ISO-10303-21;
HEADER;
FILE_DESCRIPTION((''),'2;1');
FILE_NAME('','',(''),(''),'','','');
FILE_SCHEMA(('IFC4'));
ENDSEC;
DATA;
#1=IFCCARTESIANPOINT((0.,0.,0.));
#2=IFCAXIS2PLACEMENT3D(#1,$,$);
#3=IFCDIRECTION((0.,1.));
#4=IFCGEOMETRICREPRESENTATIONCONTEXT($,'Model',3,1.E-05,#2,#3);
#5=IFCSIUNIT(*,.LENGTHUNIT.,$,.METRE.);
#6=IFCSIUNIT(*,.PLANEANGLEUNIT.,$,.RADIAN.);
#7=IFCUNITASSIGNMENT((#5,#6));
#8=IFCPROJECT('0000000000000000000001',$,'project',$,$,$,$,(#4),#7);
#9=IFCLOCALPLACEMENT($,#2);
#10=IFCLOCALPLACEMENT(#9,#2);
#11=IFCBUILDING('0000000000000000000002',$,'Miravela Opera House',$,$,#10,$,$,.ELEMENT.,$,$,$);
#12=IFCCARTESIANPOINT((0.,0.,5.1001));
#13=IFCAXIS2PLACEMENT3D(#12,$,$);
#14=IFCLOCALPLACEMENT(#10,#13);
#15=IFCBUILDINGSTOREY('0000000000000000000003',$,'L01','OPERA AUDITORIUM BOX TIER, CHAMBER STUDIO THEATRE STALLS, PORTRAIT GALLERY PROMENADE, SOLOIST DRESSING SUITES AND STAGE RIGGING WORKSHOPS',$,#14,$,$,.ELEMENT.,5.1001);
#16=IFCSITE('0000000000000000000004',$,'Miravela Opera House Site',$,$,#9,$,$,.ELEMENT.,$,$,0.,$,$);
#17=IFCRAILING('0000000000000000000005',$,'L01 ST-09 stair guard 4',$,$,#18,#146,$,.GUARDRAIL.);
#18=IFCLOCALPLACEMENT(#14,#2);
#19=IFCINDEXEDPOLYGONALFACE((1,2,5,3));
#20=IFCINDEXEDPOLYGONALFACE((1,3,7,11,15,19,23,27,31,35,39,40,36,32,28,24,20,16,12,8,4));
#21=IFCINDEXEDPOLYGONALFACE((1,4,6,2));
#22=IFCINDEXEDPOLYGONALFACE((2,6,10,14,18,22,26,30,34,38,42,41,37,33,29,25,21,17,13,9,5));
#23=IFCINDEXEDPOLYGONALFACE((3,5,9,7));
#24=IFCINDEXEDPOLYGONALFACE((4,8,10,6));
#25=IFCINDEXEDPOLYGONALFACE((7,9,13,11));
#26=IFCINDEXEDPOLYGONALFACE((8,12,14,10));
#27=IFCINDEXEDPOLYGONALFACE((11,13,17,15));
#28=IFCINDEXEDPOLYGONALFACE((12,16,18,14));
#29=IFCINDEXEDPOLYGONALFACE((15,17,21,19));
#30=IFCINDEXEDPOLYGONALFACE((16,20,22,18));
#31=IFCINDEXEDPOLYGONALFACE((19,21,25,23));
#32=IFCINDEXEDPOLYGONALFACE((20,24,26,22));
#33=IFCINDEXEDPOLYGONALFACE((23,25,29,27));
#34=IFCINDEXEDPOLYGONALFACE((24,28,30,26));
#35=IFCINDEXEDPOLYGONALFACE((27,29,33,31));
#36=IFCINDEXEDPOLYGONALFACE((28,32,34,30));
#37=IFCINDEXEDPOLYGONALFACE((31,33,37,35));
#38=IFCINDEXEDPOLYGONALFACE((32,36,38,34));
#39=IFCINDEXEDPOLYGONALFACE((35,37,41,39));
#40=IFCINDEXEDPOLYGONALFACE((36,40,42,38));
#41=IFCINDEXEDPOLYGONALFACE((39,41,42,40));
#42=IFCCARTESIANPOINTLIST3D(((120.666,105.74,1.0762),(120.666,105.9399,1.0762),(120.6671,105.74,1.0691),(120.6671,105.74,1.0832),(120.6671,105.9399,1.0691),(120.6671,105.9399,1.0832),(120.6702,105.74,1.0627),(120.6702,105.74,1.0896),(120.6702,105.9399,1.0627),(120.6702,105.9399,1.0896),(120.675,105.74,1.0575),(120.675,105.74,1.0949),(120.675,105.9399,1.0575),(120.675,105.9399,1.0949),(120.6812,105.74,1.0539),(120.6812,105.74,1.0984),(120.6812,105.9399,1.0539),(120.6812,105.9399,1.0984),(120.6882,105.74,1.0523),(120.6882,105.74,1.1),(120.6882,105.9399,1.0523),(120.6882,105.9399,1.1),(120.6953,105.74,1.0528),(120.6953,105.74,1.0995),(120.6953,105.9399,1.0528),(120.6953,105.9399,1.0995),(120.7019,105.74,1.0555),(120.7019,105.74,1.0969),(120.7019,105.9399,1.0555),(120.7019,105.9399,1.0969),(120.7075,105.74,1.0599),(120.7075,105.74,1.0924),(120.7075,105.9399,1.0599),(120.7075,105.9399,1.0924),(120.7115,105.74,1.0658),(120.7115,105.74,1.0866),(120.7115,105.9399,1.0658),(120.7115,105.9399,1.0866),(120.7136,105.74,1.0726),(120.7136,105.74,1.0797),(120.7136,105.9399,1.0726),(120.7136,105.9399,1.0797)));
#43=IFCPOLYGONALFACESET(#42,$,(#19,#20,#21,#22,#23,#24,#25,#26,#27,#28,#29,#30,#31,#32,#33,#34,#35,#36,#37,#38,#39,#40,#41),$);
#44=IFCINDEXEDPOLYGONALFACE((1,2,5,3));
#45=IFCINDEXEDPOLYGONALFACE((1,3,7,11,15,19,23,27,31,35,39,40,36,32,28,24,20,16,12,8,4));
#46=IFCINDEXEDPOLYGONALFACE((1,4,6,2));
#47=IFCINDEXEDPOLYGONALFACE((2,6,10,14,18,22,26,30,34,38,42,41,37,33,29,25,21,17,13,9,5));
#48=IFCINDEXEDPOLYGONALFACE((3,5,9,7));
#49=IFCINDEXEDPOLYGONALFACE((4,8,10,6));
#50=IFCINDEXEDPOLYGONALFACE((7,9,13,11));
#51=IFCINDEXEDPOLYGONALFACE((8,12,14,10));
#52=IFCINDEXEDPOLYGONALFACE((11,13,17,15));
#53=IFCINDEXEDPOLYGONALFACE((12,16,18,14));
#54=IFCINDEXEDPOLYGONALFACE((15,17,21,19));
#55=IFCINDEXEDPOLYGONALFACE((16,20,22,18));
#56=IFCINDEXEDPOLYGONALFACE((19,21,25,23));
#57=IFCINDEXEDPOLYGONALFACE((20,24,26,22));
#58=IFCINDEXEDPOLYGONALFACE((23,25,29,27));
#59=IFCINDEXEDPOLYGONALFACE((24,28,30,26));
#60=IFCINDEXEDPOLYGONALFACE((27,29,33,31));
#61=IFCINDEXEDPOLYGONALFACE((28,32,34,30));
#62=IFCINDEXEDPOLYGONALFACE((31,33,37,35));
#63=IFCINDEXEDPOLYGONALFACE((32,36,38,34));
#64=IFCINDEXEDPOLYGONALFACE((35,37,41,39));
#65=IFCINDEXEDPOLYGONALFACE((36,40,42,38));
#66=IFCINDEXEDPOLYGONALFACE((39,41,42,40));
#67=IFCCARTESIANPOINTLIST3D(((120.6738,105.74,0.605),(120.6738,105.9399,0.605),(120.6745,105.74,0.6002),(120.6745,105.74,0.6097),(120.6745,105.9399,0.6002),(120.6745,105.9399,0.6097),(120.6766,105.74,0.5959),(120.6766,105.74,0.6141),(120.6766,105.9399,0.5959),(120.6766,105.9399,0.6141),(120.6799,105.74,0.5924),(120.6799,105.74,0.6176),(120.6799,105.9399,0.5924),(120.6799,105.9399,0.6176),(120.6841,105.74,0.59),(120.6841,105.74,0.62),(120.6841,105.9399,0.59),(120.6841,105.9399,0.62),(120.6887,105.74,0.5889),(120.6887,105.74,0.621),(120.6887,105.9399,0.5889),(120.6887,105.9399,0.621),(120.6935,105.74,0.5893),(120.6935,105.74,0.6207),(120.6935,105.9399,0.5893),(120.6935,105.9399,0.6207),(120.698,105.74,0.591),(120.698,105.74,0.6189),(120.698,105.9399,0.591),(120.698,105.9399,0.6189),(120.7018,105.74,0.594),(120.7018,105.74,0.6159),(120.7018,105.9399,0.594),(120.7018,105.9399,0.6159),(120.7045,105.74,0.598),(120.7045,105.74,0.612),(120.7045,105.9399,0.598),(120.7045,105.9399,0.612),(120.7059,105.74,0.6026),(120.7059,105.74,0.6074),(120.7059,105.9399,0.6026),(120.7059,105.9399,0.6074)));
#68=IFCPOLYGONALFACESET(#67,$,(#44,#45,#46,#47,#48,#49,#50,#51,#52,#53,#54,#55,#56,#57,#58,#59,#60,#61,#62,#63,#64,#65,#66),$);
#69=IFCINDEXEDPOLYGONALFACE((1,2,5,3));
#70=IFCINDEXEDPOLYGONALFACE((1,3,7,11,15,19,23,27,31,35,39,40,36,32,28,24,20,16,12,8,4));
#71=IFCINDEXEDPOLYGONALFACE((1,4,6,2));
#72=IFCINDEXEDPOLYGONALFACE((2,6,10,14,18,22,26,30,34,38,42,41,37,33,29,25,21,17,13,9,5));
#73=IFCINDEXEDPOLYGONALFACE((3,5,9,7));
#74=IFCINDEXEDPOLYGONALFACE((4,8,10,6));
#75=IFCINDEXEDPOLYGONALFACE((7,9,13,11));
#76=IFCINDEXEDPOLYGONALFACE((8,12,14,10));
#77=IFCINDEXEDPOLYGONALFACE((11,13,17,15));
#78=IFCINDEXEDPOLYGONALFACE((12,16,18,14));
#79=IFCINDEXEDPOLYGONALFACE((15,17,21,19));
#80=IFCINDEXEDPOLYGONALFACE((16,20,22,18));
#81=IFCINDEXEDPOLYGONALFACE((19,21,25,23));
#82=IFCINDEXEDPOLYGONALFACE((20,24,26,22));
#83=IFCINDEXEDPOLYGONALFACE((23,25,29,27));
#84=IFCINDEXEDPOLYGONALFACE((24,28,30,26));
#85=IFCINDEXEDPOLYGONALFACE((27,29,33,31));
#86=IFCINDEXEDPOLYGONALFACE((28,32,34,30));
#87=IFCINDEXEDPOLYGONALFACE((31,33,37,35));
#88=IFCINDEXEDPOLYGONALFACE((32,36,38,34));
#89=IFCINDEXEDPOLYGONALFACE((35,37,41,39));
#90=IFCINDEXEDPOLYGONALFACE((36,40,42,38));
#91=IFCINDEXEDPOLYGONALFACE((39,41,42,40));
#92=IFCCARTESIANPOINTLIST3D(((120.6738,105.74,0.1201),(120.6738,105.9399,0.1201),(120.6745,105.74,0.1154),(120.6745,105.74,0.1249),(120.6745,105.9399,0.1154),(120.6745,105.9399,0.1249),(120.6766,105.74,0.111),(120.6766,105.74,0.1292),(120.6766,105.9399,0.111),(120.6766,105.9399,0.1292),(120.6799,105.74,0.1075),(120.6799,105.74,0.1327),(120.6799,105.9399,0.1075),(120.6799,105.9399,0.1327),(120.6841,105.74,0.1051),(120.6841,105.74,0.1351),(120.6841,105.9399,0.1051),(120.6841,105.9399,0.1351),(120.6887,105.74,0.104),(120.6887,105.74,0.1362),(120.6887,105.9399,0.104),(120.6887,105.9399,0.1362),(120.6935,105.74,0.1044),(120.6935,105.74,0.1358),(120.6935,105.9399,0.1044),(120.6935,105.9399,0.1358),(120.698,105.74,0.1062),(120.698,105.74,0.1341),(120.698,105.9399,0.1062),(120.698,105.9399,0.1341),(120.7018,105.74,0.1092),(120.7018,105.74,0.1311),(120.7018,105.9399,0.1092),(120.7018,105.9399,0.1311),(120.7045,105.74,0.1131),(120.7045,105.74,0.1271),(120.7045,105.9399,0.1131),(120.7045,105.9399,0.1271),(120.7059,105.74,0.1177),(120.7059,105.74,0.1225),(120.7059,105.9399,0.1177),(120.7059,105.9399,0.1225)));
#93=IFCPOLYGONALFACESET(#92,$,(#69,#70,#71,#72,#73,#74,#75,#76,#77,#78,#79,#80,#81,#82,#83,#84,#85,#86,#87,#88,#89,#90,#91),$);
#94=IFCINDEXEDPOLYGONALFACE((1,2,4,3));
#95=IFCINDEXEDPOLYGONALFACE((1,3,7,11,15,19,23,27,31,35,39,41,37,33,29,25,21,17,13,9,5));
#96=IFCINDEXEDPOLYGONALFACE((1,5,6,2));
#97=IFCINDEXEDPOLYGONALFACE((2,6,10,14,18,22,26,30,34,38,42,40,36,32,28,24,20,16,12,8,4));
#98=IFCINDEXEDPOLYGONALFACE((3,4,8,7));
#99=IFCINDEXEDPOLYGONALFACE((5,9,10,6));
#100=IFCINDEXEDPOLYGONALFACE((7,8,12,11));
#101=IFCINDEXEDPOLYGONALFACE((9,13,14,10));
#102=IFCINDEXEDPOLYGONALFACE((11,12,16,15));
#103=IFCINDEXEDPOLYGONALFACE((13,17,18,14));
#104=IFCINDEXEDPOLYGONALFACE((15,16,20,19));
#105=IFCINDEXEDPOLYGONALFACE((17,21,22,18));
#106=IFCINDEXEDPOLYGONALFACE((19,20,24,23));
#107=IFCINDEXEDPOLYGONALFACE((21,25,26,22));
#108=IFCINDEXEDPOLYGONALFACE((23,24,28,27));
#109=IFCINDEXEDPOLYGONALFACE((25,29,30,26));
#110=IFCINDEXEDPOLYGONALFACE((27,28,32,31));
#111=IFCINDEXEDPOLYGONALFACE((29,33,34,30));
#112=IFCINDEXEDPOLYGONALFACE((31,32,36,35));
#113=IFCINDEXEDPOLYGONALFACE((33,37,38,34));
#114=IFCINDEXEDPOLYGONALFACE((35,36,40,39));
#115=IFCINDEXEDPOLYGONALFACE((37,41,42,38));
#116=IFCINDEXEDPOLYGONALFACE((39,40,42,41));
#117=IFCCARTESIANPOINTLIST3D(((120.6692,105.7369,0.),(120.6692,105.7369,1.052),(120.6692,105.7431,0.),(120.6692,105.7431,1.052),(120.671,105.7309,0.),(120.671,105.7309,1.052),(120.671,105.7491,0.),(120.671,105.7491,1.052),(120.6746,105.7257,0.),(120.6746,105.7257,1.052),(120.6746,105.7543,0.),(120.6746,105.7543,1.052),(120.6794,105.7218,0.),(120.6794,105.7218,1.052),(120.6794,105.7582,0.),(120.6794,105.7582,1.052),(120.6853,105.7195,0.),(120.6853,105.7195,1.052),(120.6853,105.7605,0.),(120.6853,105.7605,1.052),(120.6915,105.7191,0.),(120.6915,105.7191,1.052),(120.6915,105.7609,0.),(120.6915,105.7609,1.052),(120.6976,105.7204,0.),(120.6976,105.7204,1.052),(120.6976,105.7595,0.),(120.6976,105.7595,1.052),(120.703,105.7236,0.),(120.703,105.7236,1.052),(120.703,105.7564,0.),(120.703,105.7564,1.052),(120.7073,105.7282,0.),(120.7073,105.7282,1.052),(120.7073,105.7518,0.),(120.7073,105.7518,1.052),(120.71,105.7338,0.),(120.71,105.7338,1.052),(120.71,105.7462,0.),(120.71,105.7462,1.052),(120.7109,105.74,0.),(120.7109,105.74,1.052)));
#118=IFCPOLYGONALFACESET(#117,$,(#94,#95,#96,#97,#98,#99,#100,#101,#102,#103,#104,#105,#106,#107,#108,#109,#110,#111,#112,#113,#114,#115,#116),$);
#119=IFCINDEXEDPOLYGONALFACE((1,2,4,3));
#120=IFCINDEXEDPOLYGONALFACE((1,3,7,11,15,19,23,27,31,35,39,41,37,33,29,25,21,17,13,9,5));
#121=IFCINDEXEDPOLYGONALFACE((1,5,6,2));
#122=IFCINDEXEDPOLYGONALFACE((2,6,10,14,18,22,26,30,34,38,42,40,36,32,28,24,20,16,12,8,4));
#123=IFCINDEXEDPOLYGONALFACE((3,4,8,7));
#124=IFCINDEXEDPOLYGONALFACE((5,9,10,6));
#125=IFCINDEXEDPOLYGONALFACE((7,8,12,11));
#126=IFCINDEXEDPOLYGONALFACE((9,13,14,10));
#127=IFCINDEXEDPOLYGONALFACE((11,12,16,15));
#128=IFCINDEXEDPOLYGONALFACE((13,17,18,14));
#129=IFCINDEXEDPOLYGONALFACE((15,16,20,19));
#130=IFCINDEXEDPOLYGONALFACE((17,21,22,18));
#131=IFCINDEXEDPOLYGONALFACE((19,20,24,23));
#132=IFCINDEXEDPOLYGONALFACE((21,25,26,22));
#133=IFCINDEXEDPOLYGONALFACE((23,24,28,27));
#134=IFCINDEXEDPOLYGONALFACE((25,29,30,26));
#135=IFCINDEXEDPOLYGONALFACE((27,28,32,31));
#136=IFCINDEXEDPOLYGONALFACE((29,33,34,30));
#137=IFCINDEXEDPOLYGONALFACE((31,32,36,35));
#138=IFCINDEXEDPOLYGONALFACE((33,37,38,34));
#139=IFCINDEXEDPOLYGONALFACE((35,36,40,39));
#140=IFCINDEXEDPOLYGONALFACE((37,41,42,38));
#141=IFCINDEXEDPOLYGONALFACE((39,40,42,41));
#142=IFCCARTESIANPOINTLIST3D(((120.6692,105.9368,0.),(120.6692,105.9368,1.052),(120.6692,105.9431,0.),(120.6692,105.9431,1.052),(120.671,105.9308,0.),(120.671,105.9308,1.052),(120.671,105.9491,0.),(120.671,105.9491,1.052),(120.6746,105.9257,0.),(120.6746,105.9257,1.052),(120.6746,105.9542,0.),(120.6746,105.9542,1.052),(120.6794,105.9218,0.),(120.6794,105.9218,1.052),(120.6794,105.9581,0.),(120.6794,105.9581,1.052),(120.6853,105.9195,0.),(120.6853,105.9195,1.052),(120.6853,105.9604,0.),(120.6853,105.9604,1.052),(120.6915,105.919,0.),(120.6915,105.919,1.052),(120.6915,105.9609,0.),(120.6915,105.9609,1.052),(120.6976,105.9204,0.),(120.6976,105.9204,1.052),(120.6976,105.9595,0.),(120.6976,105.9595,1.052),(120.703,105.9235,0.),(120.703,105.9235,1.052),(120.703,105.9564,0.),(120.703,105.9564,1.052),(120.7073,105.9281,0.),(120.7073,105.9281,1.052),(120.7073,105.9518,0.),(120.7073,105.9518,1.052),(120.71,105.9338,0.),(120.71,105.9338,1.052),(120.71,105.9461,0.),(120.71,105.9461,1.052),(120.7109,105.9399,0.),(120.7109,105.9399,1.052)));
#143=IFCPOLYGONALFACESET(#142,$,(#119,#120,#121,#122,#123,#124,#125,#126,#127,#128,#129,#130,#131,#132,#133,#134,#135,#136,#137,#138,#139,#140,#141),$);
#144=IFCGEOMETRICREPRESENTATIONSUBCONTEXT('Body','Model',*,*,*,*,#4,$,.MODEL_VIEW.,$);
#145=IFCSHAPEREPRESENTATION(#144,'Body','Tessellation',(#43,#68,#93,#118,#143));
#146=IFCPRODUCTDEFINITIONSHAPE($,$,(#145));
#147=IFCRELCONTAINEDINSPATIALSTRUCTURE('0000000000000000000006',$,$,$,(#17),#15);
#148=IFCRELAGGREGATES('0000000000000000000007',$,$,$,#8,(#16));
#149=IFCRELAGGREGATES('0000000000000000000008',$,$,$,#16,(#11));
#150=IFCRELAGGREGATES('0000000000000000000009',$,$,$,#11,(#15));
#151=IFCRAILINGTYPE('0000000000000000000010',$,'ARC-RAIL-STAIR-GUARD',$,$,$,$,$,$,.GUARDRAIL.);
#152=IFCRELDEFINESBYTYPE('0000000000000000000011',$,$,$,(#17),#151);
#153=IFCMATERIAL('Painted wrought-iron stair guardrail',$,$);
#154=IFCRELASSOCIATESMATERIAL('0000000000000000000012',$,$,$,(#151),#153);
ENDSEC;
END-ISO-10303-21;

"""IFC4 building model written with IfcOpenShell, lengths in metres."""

from ifc_helpers import new_model, si_unit, direction, frame, origin, origin_2d, place, context, subcontext, project, spatial, circle, extrude, material, type_object, element, save


model = new_model("IFC4")

# Units and contexts
model_context = context("Model", 3, precision=1e-05, world=origin(), true_north=direction((0.0, 1.0)))
body_context = subcontext(model_context, "Body", "Model", "MODEL_VIEW")
ifc_project = project(units=[si_unit("LENGTHUNIT", "METRE"), si_unit("PLANEANGLEUNIT", "RADIAN")], contexts=[model_context])

# Site, building, storey
site_placement = place(None, origin())
site = spatial("IfcSite", under=ifc_project, at=site_placement, Name="Miravela Opera House Site", CompositionType="ELEMENT", RefElevation=0.0)
building_placement = place(site_placement, origin())
building = spatial("IfcBuilding", under=site, at=building_placement, Name="Miravela Opera House", CompositionType="ELEMENT")
storey_placement = place(building_placement, frame((0.0, 0.0, 5.1001)))
storey = spatial("IfcBuildingStorey", under=building, at=storey_placement, Name="L01", Description="OPERA AUDITORIUM BOX TIER, CHAMBER STUDIO THEATRE STALLS, PORTRAIT GALLERY PROMENADE, SOLOIST DRESSING SUITES AND STAGE RIGGING WORKSHOPS", CompositionType="ELEMENT", Elevation=5.1001)

# Railing
ifc_material_1 = material(Name="Painted wrought-iron stair guardrail")
railing_type = type_object("IfcRailingType", Name="ARC-RAIL-STAIR-GUARD", PredefinedType="GUARDRAIL", material=ifc_material_1)
railing_1_placement = place(storey_placement, frame((120.6899, 105.74, 0.0)))
element("IfcRailing", 1, at=railing_1_placement, inside=storey, type_object=railing_type, Name="L01 ST-09 stair guard 4", PredefinedType="GUARDRAIL", context=body_context, shape_type="SweptSolid", body=[
    extrude(circle(Radius=0.0239, at=origin_2d()), frame((0.0, 0.0, 1.0762), z_axis=(0.0, 1.0, 0.0), x_axis=(-1.0, 0.0, 0.0)), (0.0, 0.0, 1.0), 0.2),
    extrude(circle(Radius=0.0161, at=origin_2d()), frame((0.0, 0.0, 0.605), z_axis=(0.0, 1.0, 0.0), x_axis=(-1.0, 0.0, 0.0)), (0.0, 0.0, 1.0), 0.2),
    extrude(circle(Radius=0.0161, at=origin_2d()), frame((0.0, 0.0, 0.1201), z_axis=(0.0, 1.0, 0.0), x_axis=(-1.0, 0.0, 0.0)), (0.0, 0.0, 1.0), 0.2),
    extrude(circle(Radius=0.021, at=origin_2d()), origin(), (0.0, 0.0, 1.0), 1.052),
    extrude(circle(Radius=0.021, at=origin_2d()), frame((0.0, 0.2, 0.0)), (0.0, 0.0, 1.0), 1.052),
])

save(model, "model.ifc")
